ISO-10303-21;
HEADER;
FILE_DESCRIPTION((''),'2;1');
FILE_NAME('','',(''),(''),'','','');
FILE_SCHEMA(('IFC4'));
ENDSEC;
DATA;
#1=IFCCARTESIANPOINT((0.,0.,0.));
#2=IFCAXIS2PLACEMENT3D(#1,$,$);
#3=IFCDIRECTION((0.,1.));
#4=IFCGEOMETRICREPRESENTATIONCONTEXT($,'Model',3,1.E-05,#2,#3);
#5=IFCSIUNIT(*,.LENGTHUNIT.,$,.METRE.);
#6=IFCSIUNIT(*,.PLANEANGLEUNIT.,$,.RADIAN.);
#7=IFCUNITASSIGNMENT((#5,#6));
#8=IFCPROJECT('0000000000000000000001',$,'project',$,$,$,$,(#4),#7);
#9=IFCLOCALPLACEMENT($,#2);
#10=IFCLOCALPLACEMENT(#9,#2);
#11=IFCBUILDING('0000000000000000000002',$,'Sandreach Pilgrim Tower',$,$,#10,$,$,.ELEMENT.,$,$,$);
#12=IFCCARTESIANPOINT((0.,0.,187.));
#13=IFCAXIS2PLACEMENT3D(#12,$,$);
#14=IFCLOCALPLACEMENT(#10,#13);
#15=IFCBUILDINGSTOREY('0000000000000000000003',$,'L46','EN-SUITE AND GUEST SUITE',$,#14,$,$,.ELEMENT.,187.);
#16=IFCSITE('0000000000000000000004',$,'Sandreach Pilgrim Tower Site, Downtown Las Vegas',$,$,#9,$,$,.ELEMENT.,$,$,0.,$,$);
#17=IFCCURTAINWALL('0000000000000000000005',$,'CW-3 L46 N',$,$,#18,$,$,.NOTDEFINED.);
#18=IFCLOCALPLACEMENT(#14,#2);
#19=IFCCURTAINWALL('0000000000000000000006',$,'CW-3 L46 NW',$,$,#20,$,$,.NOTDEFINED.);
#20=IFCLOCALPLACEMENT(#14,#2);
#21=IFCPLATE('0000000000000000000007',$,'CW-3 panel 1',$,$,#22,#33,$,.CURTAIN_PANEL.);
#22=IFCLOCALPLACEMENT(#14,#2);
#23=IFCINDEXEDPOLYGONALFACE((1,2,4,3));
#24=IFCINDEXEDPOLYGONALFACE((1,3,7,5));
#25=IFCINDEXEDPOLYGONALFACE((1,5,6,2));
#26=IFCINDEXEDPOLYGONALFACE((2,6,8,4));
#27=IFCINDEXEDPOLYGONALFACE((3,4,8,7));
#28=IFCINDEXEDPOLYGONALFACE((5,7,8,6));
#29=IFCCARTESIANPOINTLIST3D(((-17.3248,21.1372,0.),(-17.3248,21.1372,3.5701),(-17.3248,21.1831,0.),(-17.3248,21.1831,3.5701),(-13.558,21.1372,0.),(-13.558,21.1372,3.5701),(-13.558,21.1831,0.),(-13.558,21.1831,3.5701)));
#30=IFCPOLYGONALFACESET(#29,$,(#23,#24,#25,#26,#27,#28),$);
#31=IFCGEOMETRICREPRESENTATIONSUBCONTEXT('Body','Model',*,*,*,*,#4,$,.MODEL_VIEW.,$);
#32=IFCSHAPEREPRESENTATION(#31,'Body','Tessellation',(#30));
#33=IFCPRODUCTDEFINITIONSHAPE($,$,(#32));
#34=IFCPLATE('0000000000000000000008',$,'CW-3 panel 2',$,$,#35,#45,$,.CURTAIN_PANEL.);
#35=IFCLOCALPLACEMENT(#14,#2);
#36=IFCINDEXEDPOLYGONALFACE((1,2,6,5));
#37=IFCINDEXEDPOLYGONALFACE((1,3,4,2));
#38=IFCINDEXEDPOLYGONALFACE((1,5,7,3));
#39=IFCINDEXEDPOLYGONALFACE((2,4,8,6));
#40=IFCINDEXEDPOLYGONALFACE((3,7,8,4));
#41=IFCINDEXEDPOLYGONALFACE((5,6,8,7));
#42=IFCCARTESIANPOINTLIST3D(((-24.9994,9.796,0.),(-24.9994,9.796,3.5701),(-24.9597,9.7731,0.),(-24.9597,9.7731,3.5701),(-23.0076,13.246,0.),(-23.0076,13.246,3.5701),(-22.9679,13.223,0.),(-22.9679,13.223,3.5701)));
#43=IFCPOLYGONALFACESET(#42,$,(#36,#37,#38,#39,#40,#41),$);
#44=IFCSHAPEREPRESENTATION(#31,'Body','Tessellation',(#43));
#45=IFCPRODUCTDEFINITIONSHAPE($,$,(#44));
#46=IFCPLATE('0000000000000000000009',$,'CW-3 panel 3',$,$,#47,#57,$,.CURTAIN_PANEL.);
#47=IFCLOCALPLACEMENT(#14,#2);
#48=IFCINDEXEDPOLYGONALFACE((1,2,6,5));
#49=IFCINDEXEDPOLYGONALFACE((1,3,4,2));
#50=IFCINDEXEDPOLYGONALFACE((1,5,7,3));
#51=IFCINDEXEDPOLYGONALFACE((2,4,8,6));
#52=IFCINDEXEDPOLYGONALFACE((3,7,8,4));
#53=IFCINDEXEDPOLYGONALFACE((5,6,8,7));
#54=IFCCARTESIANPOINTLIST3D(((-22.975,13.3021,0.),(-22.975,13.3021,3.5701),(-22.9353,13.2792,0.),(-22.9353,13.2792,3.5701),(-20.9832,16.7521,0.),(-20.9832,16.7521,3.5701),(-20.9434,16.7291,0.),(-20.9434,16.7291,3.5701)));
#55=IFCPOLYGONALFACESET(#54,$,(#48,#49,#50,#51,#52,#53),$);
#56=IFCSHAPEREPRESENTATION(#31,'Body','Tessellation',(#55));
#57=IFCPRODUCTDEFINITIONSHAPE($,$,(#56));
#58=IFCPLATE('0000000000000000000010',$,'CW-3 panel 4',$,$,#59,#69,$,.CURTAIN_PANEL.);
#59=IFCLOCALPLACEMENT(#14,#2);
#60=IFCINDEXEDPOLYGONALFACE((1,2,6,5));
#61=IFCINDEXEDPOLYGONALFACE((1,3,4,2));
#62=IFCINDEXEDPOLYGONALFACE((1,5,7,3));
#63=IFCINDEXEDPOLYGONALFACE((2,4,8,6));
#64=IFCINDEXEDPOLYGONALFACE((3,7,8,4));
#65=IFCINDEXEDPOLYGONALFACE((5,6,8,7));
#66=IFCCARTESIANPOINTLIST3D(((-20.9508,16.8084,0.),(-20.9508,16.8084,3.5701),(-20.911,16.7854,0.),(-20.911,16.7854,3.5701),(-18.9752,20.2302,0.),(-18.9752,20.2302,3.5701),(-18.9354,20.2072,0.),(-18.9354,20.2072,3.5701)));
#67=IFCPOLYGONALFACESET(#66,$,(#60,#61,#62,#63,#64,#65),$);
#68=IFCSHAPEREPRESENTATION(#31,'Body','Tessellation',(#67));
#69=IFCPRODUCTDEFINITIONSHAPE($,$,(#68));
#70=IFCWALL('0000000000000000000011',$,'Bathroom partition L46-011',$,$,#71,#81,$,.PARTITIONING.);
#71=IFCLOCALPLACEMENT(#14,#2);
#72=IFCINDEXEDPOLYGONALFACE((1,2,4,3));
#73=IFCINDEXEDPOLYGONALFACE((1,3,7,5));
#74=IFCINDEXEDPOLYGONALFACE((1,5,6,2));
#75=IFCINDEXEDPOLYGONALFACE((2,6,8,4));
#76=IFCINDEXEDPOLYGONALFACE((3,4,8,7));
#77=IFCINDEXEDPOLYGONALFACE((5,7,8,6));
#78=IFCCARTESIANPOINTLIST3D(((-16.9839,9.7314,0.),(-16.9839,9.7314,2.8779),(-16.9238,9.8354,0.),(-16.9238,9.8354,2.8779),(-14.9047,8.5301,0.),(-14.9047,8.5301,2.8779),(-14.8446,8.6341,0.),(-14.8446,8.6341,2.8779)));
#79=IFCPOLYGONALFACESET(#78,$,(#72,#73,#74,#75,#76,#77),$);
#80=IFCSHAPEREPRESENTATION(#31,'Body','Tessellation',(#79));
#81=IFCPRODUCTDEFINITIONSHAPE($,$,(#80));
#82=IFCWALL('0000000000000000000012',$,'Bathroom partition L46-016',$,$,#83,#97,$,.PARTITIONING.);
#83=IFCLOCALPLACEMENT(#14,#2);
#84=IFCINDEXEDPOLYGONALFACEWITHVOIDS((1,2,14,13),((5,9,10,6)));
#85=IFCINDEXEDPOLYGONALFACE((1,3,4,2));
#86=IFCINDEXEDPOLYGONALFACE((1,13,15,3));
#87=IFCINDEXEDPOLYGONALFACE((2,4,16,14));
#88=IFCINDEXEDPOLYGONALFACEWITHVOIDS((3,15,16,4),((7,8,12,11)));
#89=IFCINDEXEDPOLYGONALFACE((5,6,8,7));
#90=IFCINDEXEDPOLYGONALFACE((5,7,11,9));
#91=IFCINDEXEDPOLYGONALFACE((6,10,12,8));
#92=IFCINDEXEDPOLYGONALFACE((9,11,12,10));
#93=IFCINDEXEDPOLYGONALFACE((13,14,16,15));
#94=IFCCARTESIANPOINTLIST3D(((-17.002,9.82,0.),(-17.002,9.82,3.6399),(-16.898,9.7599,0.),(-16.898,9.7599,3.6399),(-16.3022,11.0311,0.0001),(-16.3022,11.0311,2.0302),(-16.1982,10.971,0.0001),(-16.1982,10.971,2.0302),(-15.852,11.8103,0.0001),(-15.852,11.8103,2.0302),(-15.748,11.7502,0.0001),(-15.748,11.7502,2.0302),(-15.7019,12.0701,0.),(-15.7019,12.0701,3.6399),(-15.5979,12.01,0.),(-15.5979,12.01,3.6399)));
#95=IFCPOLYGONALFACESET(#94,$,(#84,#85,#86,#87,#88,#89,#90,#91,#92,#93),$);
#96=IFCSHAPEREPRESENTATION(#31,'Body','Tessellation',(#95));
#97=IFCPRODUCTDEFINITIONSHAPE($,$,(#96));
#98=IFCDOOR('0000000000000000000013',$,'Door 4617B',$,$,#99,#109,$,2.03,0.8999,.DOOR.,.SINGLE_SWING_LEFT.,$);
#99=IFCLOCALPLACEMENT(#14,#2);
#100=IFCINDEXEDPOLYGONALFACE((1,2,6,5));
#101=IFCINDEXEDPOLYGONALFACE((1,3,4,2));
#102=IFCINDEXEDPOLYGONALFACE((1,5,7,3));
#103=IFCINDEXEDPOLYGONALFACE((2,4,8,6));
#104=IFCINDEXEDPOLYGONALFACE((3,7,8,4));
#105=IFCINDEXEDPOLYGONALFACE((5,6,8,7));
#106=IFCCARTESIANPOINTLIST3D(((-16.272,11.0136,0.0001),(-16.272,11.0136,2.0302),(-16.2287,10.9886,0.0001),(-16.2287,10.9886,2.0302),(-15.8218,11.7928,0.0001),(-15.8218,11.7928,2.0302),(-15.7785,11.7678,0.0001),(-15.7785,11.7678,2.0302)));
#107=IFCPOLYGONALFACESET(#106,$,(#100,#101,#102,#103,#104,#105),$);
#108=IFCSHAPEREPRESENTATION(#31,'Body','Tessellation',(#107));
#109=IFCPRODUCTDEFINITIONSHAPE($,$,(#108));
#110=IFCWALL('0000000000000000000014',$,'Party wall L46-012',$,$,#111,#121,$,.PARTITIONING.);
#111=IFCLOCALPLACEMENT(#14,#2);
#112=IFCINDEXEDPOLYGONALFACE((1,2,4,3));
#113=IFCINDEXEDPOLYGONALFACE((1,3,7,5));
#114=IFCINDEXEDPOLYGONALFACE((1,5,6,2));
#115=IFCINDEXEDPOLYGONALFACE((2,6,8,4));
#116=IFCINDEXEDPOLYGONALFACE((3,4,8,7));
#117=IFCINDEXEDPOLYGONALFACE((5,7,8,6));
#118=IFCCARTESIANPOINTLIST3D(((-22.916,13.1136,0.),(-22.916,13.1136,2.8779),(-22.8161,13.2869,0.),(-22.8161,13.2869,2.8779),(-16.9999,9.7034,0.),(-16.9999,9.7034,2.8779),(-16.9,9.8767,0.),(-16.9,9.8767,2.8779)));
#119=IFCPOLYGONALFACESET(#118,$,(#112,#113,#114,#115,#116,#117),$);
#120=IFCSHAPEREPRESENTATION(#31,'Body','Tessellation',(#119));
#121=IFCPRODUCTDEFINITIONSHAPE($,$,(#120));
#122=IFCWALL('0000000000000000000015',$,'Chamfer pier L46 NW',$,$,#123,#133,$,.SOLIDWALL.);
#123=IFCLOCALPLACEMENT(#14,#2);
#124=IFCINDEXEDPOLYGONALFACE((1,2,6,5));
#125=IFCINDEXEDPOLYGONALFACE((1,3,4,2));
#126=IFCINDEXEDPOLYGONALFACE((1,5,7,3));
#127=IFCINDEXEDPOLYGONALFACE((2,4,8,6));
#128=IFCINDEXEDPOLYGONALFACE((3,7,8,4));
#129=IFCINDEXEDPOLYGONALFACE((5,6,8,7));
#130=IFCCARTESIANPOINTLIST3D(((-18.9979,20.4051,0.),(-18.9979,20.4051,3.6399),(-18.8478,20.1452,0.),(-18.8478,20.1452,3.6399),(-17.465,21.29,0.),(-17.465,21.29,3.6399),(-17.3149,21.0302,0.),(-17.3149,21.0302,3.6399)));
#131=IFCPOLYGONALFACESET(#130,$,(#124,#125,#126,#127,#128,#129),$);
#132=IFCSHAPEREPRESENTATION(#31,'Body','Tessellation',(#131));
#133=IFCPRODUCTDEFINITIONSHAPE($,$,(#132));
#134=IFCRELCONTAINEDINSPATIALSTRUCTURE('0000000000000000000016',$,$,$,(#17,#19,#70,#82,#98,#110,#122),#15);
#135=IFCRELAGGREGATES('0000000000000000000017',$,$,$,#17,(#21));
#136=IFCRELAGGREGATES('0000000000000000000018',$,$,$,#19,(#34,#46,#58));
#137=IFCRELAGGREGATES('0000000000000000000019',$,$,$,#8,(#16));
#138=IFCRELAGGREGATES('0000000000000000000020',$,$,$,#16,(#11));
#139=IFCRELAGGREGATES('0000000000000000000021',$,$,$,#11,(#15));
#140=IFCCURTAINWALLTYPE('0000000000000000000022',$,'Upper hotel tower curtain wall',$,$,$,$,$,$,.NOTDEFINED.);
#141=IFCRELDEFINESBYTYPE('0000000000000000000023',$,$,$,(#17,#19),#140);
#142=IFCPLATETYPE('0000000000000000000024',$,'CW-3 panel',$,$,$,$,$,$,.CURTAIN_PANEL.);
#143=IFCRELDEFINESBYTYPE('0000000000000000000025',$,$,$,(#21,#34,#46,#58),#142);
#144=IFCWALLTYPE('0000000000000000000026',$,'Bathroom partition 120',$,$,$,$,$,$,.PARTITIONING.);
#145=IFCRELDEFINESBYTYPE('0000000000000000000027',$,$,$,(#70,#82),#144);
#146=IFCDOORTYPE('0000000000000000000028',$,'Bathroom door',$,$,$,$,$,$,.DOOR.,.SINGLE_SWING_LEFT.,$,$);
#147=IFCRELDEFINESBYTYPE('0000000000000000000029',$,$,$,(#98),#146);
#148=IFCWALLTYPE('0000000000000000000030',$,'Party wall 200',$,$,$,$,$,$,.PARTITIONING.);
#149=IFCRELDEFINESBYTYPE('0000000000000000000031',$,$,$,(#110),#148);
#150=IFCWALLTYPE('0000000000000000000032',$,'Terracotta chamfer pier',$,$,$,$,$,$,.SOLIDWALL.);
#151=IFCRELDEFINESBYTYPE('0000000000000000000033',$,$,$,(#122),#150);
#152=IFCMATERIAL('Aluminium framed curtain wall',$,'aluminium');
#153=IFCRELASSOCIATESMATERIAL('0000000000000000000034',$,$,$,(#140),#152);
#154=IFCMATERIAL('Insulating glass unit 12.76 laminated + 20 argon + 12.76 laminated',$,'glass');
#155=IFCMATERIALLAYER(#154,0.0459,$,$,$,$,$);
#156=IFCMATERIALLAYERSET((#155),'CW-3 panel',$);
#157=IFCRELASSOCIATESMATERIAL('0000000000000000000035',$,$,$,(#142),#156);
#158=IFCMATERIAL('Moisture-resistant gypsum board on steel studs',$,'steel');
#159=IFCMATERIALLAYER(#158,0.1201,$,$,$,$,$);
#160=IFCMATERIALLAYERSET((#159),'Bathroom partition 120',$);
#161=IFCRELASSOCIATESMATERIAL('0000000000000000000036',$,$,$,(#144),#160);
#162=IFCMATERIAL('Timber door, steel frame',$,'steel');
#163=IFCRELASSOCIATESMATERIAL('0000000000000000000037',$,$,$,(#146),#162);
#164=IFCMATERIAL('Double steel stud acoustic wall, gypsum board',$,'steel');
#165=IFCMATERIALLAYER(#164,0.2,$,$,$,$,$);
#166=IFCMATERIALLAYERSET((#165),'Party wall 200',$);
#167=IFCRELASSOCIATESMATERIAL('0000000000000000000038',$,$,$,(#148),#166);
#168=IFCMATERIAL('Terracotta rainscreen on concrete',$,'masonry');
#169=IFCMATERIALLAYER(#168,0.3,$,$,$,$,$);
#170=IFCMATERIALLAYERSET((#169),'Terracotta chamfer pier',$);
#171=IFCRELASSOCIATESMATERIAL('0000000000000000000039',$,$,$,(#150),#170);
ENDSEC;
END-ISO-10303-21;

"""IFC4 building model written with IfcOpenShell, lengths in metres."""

from ifc_helpers import new_model, si_unit, direction, frame, frame_2d, origin, origin_2d, place, context, subcontext, project, spatial, rectangle, extrude, material, layer, layer_set, type_object, element, fill, aggregate, save


model = new_model("IFC4")

# Units and contexts
model_context = context("Model", 3, precision=1e-05, world=origin(), true_north=direction((0.0, 1.0)))
body_context = subcontext(model_context, "Body", "Model", "MODEL_VIEW")
ifc_project = project(units=[si_unit("LENGTHUNIT", "METRE"), si_unit("PLANEANGLEUNIT", "RADIAN")], contexts=[model_context])

# Site, building, storey
site_placement = place(None, origin())
site = spatial("IfcSite", under=ifc_project, at=site_placement, Name="Sandreach Pilgrim Tower Site, Downtown Las Vegas", CompositionType="ELEMENT", RefElevation=0.0)
building_placement = place(site_placement, origin())
building = spatial("IfcBuilding", under=site, at=building_placement, Name="Sandreach Pilgrim Tower", CompositionType="ELEMENT")
storey_placement = place(building_placement, frame((0.0, 0.0, 187.0)))
storey = spatial("IfcBuildingStorey", under=building, at=storey_placement, Name="L46", Description="EN-SUITE AND GUEST SUITE", CompositionType="ELEMENT", Elevation=187.0)

# Curtain wall
ifc_material_1 = material(Name="Aluminium framed curtain wall", Category="aluminium")
curtain_wall_type = type_object("IfcCurtainWallType", Name="Upper hotel tower curtain wall", PredefinedType="NOTDEFINED", material=ifc_material_1)
curtain_wall_1_placement = place(storey_placement, origin())
curtain_wall_1 = element("IfcCurtainWall", 1, at=curtain_wall_1_placement, inside=storey, type_object=curtain_wall_type, Name="CW-3 L46 N", PredefinedType="NOTDEFINED")

# Curtain wall
curtain_wall_2_placement = place(storey_placement, origin())
curtain_wall_2 = element("IfcCurtainWall", 2, at=curtain_wall_2_placement, inside=storey, type_object=curtain_wall_type, Name="CW-3 L46 NW", PredefinedType="NOTDEFINED")

# Plates
ifc_material_2 = material(Name="Insulating glass unit 12.76 laminated + 20 argon + 12.76 laminated", Category="glass")
ifc_layer_1 = layer(ifc_material_2, 0.0459)
ifc_layer_set_1 = layer_set([ifc_layer_1], Name="CW-3 panel")
plate_type = type_object("IfcPlateType", Name="CW-3 panel", PredefinedType="CURTAIN_PANEL", material=ifc_layer_set_1)
plate_1_placement = place(storey_placement, frame((-15.4414, 21.1602, 0.0), z_axis=(0.0, 0.0, 1.0), x_axis=(1.0, 0.0, 0.0)))
plate_1 = element("IfcPlate", 3, at=plate_1_placement, type_object=plate_type, Name="CW-3 panel 1", PredefinedType="CURTAIN_PANEL", context=body_context, shape_type="SweptSolid", body=[
    extrude(rectangle(XDim=3.7668, YDim=0.0459, at=origin_2d()), origin(), (0.0, 0.0, 1.0), 3.5701),
])
aggregate(curtain_wall_1, [plate_1])
plate_2_placement = place(storey_placement, frame((-23.9836, 11.5095, 0.0), z_axis=(0.0, 0.0, 1.0), x_axis=(0.5, 0.866025, 0.0)))
plate_2 = element("IfcPlate", 4, at=plate_2_placement, type_object=plate_type, Name="CW-3 panel 2", PredefinedType="CURTAIN_PANEL", context=body_context, shape_type="SweptSolid", body=[
    extrude(rectangle(XDim=3.9836, YDim=0.0459, at=origin_2d()), origin(), (0.0, 0.0, 1.0), 3.5701),
])
plate_3_placement = place(storey_placement, frame((-21.9592, 15.0156, 0.0), z_axis=(0.0, 0.0, 1.0), x_axis=(0.5, 0.866025, 0.0)))
plate_3 = element("IfcPlate", 5, at=plate_3_placement, type_object=plate_type, Name="CW-3 panel 3", PredefinedType="CURTAIN_PANEL", context=body_context, shape_type="SweptSolid", body=[
    extrude(rectangle(XDim=3.9836, YDim=0.0459, at=origin_2d()), origin(), (0.0, 0.0, 1.0), 3.5701),
])
plate_4_placement = place(storey_placement, frame((-19.9431, 18.5078, 0.0), z_axis=(0.0, 0.0, 1.0), x_axis=(0.5, 0.866025, 0.0)))
plate_4 = element("IfcPlate", 6, at=plate_4_placement, type_object=plate_type, Name="CW-3 panel 4", PredefinedType="CURTAIN_PANEL", context=body_context, shape_type="SweptSolid", body=[
    extrude(rectangle(XDim=3.9512, YDim=0.0459, at=origin_2d()), origin(), (0.0, 0.0, 1.0), 3.5701),
])
aggregate(curtain_wall_2, [plate_2, plate_3, plate_4])

# Wall
ifc_material_3 = material(Name="Moisture-resistant gypsum board on steel studs", Category="steel")
ifc_layer_2 = layer(ifc_material_3, 0.1201)
ifc_layer_set_2 = layer_set([ifc_layer_2], Name="Bathroom partition 120")
wall_type_1 = type_object("IfcWallType", Name="Bathroom partition 120", PredefinedType="PARTITIONING", material=ifc_layer_set_2)
wall_1_placement = place(storey_placement, frame((-16.9539, 9.7834, 0.0), z_axis=(0.0, 0.0, 1.0), x_axis=(0.865862, -0.500283, 0.0)))
element("IfcWall", 7, at=wall_1_placement, inside=storey, type_object=wall_type_1, Name="Bathroom partition L46-011", PredefinedType="PARTITIONING", context=body_context, shape_type="SweptSolid", body=[
    extrude(rectangle(XDim=2.4014, YDim=0.1201, at=frame_2d((1.2007, 0.0))), origin(), (0.0, 0.0, 1.0), 2.8779),
])

# Wall, opening, door
wall_2_placement = place(storey_placement, frame((-15.6499, 12.04, 0.0), z_axis=(0.0, 0.0, 1.0), x_axis=(-0.500292, -0.865857, 0.0)))
wall_2 = element("IfcWall", 8, at=wall_2_placement, inside=storey, type_object=wall_type_1, Name="Bathroom partition L46-016", PredefinedType="PARTITIONING", context=body_context, shape_type="SweptSolid", body=[
    extrude(rectangle(XDim=2.5986, YDim=0.1201, at=frame_2d((1.2993, 0.0))), origin(), (0.0, 0.0, 1.0), 3.6399),
])
opening_placement = place(wall_2_placement, frame((0.3, 0.0, 0.0)))
opening = element("IfcOpeningElement", 9, at=opening_placement, cuts=wall_2, PredefinedType="OPENING", context=body_context, shape_type="SweptSolid", body=[
    extrude(rectangle(XDim=0.8999, YDim=2.03, at=frame_2d((0.45, 1.0151))), frame((0.0, 0.0601, 0.0), z_axis=(0.0, -1.0, 0.0), x_axis=(1.0, 0.0, 0.0)), (0.0, 0.0, 1.0), 0.1201),
])
ifc_material_4 = material(Name="Timber door, steel frame", Category="steel")
door_type = type_object("IfcDoorType", Name="Bathroom door", OperationType="SINGLE_SWING_LEFT", PredefinedType="DOOR", material=ifc_material_4)
door_placement = place(opening_placement, origin())
door = element("IfcDoor", 10, at=door_placement, inside=storey, type_object=door_type, Name="Door 4617B", OperationType="SINGLE_SWING_LEFT", OverallHeight=2.03, OverallWidth=0.8999, PredefinedType="DOOR", context=body_context, shape_type="SweptSolid", body=[
    extrude(rectangle(XDim=0.8999, YDim=2.03, at=frame_2d((0.45, 1.0151))), frame((0.0, 0.0249, 0.0), z_axis=(0.0, -1.0, 0.0), x_axis=(1.0, 0.0, 0.0)), (0.0, 0.0, 1.0), 0.05),
])
fill(opening, door)

# Walls
ifc_material_5 = material(Name="Double steel stud acoustic wall, gypsum board", Category="steel")
ifc_layer_3 = layer(ifc_material_5, 0.2)
ifc_layer_set_3 = layer_set([ifc_layer_3], Name="Party wall 200")
wall_type_2 = type_object("IfcWallType", Name="Party wall 200", PredefinedType="PARTITIONING", material=ifc_layer_set_3)
wall_3_placement = place(storey_placement, frame((-16.95, 9.79, 0.0), z_axis=(0.0, 0.0, 1.0), x_axis=(-0.866371, 0.499401, 0.0)))
element("IfcWall", 11, at=wall_3_placement, inside=storey, type_object=wall_type_2, Name="Party wall L46-012", PredefinedType="PARTITIONING", context=body_context, shape_type="SweptSolid", body=[
    extrude(rectangle(XDim=6.8286, YDim=0.2, at=frame_2d((3.4143, 0.0))), origin(), (0.0, 0.0, 1.0), 2.8779),
])
ifc_material_6 = material(Name="Terracotta rainscreen on concrete", Category="masonry")
ifc_layer_4 = layer(ifc_material_6, 0.3)
ifc_layer_set_4 = layer_set([ifc_layer_4], Name="Terracotta chamfer pier")
wall_type_3 = type_object("IfcWallType", Name="Terracotta chamfer pier", PredefinedType="SOLIDWALL", material=ifc_layer_set_4)
wall_4_placement = place(storey_placement, frame((-18.9229, 20.2751, 0.0), z_axis=(0.0, 0.0, 1.0), x_axis=(0.866036, 0.499981, 0.0)))
element("IfcWall", 12, at=wall_4_placement, inside=storey, type_object=wall_type_3, Name="Chamfer pier L46 NW", PredefinedType="SOLIDWALL", context=body_context, shape_type="SweptSolid", body=[
    extrude(rectangle(XDim=1.77, YDim=0.3, at=frame_2d((0.885, 0.0))), origin(), (0.0, 0.0, 1.0), 3.6399),
])

save(model, "model.ifc")
